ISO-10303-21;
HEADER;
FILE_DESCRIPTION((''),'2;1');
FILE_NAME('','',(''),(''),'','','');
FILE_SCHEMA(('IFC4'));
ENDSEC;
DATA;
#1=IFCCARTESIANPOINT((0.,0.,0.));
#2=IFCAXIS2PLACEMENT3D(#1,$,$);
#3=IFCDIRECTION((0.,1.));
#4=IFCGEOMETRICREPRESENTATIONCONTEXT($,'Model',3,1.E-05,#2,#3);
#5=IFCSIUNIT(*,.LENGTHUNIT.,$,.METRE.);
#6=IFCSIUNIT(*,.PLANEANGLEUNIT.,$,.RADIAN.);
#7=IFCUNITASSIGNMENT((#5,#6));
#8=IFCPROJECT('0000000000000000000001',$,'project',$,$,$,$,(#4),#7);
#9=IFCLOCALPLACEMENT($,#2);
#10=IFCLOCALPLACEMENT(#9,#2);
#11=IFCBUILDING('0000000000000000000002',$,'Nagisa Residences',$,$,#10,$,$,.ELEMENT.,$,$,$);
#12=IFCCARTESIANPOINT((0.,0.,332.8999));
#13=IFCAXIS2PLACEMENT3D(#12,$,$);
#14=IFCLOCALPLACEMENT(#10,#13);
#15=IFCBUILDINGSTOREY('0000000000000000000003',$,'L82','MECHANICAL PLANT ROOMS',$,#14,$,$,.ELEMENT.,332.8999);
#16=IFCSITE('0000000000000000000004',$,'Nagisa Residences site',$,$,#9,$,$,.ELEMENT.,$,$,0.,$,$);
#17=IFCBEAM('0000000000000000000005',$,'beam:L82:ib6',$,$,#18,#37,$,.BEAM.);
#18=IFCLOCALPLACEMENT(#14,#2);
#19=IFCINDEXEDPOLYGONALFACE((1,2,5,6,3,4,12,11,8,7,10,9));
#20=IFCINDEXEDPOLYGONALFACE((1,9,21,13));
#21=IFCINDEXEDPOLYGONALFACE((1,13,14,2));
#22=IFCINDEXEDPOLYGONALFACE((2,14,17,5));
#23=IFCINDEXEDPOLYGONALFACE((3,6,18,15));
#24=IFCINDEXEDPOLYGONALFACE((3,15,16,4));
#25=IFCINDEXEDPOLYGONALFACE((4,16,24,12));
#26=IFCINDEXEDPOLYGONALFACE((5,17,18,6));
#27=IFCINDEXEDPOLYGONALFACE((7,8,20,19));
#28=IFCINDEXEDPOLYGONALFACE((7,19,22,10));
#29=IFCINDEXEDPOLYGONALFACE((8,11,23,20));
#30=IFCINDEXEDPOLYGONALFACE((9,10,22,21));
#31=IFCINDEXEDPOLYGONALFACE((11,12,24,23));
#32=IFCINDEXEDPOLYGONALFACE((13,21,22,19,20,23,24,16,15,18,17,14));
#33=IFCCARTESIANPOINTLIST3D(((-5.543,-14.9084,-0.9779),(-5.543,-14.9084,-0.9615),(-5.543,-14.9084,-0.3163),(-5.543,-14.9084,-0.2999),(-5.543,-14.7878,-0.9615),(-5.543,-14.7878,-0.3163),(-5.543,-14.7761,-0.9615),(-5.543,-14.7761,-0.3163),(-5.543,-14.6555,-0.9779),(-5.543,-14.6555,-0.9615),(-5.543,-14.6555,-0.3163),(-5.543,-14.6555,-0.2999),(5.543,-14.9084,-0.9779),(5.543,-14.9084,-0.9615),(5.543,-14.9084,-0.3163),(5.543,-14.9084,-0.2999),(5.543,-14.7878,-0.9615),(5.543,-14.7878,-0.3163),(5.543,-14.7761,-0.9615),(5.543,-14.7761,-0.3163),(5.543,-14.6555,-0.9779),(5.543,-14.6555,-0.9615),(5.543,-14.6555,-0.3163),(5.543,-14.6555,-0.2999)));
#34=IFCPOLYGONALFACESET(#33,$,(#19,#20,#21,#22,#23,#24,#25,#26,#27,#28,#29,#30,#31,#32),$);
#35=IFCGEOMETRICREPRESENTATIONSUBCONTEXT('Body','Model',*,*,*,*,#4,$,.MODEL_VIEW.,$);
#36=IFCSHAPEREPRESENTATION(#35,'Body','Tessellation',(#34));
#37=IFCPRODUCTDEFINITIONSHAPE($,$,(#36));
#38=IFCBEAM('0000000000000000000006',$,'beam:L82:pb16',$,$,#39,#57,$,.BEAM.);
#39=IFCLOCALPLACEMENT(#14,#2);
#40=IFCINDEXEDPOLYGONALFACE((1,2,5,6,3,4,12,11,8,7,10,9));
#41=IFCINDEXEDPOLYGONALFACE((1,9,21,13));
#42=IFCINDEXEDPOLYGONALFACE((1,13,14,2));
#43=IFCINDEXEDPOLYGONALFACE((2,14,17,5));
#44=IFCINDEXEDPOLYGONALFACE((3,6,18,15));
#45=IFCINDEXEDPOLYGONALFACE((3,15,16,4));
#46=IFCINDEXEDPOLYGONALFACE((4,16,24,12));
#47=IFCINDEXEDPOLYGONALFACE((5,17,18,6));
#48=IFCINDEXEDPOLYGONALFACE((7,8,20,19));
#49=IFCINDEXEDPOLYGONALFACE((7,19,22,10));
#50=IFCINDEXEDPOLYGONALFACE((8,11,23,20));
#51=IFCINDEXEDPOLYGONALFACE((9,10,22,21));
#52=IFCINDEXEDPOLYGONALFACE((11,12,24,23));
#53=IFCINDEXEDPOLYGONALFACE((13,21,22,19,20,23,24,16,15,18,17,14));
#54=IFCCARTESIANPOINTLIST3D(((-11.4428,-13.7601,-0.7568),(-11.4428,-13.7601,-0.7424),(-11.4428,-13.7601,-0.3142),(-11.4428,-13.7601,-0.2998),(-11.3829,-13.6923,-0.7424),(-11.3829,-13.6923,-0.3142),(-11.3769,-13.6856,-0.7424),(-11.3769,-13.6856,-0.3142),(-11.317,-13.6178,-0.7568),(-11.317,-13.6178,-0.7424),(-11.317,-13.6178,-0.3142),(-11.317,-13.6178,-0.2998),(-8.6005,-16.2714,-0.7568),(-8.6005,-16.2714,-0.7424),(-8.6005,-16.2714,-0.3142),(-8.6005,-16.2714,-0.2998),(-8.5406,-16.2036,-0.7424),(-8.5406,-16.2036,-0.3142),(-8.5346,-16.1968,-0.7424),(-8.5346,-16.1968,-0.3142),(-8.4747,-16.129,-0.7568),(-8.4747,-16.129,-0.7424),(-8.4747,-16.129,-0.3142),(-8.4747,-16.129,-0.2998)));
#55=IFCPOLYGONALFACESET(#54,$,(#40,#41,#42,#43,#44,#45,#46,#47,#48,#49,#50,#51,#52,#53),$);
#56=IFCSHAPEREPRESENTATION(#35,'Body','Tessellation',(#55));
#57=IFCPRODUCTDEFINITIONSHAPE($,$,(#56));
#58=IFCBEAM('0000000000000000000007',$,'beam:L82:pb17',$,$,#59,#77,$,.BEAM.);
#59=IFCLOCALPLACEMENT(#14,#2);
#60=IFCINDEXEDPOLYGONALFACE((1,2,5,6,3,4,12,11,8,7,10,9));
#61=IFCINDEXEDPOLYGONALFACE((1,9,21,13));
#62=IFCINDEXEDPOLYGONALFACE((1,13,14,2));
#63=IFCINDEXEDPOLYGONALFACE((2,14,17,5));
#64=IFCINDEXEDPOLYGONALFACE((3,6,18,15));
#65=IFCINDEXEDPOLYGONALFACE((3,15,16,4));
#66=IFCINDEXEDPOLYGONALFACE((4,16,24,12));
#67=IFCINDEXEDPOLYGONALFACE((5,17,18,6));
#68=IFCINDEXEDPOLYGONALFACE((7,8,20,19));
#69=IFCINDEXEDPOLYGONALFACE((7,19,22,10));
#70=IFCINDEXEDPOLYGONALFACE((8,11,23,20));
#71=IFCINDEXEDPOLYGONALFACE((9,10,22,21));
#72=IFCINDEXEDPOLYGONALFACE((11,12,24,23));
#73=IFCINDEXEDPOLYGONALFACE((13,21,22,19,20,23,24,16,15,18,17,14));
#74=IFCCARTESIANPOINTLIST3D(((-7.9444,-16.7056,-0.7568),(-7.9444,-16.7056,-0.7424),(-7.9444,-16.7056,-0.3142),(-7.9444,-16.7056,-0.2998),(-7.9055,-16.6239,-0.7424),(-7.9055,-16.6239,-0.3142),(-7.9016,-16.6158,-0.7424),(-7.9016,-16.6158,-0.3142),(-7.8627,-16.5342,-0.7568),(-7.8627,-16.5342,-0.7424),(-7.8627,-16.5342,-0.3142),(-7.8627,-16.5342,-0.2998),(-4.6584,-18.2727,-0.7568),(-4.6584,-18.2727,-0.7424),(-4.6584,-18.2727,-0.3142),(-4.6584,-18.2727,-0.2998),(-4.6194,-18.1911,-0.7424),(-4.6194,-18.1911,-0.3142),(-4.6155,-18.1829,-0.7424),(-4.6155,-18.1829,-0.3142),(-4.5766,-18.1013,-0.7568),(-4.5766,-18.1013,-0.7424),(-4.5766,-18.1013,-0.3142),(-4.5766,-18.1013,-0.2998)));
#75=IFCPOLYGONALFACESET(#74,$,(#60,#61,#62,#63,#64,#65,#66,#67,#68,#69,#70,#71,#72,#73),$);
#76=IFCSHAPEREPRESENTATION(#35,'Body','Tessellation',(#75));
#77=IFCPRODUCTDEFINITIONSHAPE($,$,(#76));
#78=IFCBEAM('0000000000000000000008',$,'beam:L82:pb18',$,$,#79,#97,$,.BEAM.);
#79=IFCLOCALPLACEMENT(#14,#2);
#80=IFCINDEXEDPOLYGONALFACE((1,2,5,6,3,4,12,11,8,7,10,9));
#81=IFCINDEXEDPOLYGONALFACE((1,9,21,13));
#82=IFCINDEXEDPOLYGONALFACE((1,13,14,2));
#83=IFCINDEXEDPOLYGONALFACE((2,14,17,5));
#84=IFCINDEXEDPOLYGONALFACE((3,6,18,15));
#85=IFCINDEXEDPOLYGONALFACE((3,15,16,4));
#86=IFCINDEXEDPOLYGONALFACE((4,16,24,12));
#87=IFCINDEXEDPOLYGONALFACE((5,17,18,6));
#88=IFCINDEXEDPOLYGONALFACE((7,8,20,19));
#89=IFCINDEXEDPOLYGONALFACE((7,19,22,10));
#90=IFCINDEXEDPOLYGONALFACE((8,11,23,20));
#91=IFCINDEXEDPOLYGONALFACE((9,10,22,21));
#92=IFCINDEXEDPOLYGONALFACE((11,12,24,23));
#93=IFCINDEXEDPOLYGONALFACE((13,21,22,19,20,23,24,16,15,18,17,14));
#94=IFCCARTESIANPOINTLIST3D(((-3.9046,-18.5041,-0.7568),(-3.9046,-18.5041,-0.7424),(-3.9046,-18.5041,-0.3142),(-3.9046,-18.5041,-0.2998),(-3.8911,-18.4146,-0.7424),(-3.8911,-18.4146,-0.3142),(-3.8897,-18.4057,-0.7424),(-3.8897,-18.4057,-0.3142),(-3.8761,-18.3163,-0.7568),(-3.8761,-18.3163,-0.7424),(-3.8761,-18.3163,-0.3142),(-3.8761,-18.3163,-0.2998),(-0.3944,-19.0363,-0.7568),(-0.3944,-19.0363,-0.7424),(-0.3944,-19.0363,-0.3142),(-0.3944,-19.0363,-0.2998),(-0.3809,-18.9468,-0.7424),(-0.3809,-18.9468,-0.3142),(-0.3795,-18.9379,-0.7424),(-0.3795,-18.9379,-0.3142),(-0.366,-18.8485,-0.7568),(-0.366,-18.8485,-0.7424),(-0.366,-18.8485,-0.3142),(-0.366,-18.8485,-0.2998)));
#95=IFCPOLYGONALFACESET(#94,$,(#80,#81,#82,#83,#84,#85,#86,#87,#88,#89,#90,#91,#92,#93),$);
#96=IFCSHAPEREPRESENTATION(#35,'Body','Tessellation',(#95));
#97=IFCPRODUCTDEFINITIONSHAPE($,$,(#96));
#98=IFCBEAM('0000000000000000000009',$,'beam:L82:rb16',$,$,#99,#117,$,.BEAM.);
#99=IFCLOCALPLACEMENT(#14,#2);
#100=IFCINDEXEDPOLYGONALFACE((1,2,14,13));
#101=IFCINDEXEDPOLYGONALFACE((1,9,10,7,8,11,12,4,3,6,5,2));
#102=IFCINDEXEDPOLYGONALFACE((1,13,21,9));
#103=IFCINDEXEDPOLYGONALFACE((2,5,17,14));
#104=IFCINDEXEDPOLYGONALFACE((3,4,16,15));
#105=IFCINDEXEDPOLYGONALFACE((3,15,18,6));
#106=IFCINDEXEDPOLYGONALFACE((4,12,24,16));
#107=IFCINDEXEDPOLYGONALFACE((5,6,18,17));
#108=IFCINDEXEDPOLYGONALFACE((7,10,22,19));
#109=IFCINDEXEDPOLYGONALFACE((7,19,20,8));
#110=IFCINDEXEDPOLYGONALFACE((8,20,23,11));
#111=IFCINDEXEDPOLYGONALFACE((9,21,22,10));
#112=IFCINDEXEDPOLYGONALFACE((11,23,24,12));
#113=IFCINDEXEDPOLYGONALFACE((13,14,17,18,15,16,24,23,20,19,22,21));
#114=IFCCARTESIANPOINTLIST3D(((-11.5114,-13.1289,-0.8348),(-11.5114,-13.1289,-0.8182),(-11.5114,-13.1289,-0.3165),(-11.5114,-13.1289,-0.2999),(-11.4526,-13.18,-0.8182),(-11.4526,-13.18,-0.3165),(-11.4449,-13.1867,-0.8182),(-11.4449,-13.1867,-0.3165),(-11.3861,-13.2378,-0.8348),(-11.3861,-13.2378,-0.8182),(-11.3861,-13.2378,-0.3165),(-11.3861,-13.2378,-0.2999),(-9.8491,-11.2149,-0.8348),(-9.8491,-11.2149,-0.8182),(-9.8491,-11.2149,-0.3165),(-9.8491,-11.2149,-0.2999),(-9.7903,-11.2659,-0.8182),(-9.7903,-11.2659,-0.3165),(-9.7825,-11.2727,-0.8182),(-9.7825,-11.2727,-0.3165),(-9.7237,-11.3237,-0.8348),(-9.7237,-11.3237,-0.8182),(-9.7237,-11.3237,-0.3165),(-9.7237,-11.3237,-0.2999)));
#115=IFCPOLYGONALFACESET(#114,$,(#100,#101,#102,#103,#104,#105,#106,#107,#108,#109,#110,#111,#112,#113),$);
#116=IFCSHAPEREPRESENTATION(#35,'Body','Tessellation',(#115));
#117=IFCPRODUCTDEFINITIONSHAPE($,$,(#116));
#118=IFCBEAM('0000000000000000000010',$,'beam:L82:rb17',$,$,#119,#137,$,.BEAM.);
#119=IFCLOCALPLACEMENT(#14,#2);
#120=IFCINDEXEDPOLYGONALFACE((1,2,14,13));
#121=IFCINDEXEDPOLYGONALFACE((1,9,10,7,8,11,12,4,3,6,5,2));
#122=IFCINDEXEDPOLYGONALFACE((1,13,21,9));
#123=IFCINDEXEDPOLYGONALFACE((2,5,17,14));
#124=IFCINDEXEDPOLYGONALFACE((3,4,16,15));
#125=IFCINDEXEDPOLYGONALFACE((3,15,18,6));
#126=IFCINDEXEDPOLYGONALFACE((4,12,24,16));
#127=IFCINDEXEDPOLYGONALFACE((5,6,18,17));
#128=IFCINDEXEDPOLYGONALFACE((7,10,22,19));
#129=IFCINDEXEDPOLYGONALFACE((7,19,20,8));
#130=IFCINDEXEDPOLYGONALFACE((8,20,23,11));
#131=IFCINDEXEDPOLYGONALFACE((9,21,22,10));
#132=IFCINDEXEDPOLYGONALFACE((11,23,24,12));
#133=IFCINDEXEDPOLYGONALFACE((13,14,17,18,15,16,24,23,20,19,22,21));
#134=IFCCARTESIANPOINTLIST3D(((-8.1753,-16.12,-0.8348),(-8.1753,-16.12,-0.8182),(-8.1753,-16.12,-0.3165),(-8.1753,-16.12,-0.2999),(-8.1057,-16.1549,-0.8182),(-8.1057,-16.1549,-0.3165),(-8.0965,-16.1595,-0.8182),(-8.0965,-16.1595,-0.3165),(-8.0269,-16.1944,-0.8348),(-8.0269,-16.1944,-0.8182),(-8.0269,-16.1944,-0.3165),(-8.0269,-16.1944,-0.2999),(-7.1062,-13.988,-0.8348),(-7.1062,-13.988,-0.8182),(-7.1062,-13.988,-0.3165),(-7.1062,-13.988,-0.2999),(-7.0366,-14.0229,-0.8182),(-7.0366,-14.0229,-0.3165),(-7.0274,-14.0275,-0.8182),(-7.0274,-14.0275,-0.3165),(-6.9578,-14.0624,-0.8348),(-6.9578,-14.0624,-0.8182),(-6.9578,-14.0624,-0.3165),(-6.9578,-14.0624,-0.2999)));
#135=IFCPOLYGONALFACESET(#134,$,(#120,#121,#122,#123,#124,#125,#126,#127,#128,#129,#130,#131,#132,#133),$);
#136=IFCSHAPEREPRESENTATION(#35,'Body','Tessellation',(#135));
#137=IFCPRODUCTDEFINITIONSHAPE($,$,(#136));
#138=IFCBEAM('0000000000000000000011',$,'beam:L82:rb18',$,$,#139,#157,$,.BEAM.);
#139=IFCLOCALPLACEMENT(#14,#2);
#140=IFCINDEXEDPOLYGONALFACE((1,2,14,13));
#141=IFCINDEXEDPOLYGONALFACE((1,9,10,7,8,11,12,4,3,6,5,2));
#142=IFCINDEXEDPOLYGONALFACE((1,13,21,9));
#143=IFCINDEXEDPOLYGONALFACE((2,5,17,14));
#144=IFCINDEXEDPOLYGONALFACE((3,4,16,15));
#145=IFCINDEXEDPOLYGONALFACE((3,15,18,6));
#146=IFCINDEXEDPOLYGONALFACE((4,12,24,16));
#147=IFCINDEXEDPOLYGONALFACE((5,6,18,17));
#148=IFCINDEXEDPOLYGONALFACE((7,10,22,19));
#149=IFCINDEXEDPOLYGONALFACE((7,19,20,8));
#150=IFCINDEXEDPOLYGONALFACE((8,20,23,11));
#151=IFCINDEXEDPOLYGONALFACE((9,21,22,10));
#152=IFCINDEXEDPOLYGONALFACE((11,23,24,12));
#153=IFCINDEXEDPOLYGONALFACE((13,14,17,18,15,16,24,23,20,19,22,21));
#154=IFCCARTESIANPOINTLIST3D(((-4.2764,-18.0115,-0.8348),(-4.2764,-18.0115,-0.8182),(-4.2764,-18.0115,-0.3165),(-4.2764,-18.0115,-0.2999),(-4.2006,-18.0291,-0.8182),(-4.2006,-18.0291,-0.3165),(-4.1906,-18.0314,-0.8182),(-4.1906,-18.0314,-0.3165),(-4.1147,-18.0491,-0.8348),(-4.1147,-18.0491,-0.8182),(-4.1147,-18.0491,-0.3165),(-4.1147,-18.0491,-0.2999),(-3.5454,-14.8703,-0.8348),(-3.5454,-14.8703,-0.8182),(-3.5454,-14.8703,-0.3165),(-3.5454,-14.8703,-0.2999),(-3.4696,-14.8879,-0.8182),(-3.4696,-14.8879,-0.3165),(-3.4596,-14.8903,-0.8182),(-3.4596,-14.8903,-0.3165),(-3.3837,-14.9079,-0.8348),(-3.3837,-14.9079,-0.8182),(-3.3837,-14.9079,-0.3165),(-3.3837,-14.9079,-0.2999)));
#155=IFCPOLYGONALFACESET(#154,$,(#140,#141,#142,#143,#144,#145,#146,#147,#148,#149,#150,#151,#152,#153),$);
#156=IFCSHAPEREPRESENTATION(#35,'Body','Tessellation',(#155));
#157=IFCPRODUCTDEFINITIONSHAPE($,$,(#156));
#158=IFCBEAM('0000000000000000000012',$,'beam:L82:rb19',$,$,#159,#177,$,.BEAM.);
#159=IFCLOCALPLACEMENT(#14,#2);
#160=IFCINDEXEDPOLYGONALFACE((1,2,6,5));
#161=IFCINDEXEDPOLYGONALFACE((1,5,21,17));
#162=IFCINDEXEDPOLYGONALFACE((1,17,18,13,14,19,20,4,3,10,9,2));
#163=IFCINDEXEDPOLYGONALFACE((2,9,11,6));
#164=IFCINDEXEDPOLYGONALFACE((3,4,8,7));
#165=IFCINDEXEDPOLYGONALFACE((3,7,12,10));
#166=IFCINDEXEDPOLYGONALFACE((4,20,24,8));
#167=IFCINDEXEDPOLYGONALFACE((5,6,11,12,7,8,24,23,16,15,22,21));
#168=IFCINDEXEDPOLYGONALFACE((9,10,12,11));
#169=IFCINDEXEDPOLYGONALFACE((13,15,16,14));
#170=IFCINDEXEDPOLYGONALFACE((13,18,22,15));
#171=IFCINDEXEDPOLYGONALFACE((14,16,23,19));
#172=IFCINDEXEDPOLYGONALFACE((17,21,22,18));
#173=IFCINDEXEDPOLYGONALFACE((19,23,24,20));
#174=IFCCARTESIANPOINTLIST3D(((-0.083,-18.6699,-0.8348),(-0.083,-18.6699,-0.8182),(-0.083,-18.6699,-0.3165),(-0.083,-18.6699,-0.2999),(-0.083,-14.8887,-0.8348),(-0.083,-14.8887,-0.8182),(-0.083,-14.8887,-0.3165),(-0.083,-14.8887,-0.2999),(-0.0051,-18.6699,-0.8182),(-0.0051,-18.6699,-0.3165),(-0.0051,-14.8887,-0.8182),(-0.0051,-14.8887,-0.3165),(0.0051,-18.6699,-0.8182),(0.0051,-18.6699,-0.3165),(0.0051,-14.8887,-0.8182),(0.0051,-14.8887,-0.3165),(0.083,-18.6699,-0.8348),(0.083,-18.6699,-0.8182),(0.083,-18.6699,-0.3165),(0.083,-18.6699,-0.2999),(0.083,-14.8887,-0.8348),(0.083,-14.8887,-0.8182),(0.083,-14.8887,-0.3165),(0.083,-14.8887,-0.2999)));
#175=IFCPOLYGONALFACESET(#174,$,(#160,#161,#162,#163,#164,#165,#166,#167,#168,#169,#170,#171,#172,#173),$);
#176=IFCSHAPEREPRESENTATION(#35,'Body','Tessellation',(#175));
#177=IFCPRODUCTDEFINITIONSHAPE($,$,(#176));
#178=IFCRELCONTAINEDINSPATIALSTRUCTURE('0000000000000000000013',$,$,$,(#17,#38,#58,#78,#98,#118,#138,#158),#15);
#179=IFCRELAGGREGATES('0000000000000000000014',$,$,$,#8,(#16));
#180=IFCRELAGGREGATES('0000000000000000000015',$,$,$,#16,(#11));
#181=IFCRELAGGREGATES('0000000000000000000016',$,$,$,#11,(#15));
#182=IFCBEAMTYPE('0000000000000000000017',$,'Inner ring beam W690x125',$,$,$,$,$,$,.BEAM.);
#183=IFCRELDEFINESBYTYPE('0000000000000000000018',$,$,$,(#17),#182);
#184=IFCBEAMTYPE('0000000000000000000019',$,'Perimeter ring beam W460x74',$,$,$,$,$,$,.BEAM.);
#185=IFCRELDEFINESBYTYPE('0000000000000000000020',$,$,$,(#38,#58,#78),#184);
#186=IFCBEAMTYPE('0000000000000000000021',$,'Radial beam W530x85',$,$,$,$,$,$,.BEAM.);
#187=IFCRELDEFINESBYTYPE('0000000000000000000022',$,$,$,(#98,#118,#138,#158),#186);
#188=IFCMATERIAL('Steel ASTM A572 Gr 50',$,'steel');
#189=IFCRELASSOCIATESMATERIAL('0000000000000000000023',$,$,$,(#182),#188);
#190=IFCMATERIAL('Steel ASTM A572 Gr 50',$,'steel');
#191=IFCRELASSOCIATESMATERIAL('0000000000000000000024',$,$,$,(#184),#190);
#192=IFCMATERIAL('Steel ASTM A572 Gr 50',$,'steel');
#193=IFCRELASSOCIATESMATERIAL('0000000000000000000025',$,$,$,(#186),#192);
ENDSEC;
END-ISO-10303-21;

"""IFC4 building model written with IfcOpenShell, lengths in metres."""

from ifc_helpers import new_model, si_unit, direction, frame, origin, origin_2d, place, context, subcontext, project, spatial, i_section, extrude, material, material_profile, profile_set, type_object, element, save


model = new_model("IFC4")

# Units and contexts
model_context = context("Model", 3, precision=1e-05, world=origin(), true_north=direction((0.0, 1.0)))
body_context = subcontext(model_context, "Body", "Model", "MODEL_VIEW")
ifc_project = project(units=[si_unit("LENGTHUNIT", "METRE"), si_unit("PLANEANGLEUNIT", "RADIAN")], contexts=[model_context])

# Site, building, storey
site_placement = place(None, origin())
site = spatial("IfcSite", under=ifc_project, at=site_placement, Name="Nagisa Residences site", CompositionType="ELEMENT", RefElevation=0.0)
building_placement = place(site_placement, origin())
building = spatial("IfcBuilding", under=site, at=building_placement, Name="Nagisa Residences", CompositionType="ELEMENT")
storey_placement = place(building_placement, frame((0.0, 0.0, 332.8999)))
storey = spatial("IfcBuildingStorey", under=building, at=storey_placement, Name="L82", Description="MECHANICAL PLANT ROOMS", CompositionType="ELEMENT", Elevation=332.8999)

# Beams
ifc_material_1 = material(Name="Steel ASTM A572 Gr 50", Category="steel")
ifc_material_profile_1 = material_profile(ifc_material_1, i_section(OverallWidth=0.2529, OverallDepth=0.678, WebThickness=0.0117, FlangeThickness=0.0164, at=origin_2d()), Name="W690x125")
ifc_profile_set_1 = profile_set([ifc_material_profile_1], Name="Steel ASTM A572 Gr 50")
beam_type_1 = type_object("IfcBeamType", Name="Inner ring beam W690x125", PredefinedType="BEAM", material=ifc_profile_set_1)
beam_1_placement = place(storey_placement, frame((-5.543, -14.782, -0.6389), z_axis=(1.0, 0.0, 0.0), x_axis=(0.0, 1.0, 0.0)))
element("IfcBeam", 1, at=beam_1_placement, inside=storey, type_object=beam_type_1, Name="beam:L82:ib6", PredefinedType="BEAM", context=body_context, shape_type="SweptSolid", body=[
    extrude(i_section(OverallWidth=0.2529, OverallDepth=0.678, WebThickness=0.0117, FlangeThickness=0.0164, at=origin_2d()), origin(), (0.0, 0.0, 1.0), 11.0859),
])
ifc_material_2 = material(Name="Steel ASTM A572 Gr 50", Category="steel")
ifc_material_profile_2 = material_profile(ifc_material_2, i_section(OverallWidth=0.1899, OverallDepth=0.457, WebThickness=0.009, FlangeThickness=0.0144, at=origin_2d()), Name="W460x74")
ifc_profile_set_2 = profile_set([ifc_material_profile_2], Name="Steel ASTM A572 Gr 50")
beam_type_2 = type_object("IfcBeamType", Name="Perimeter ring beam W460x74", PredefinedType="BEAM", material=ifc_profile_set_2)
beam_2_placement = place(storey_placement, frame((-11.3799, -13.689, -0.5283), z_axis=(0.749402, -0.662115, 0.0), x_axis=(0.662115, 0.749402, 0.0)))
element("IfcBeam", 2, at=beam_2_placement, inside=storey, type_object=beam_type_2, Name="beam:L82:pb16", PredefinedType="BEAM", context=body_context, shape_type="SweptSolid", body=[
    extrude(i_section(OverallWidth=0.1899, OverallDepth=0.457, WebThickness=0.009, FlangeThickness=0.0144, at=origin_2d()), origin(), (0.0, 0.0, 1.0), 3.7927),
])
beam_3_placement = place(storey_placement, frame((-7.9036, -16.6199, -0.5283), z_axis=(0.902614, -0.430452, 0.0), x_axis=(0.430452, 0.902614, 0.0)))
element("IfcBeam", 3, at=beam_3_placement, inside=storey, type_object=beam_type_2, Name="beam:L82:pb17", PredefinedType="BEAM", context=body_context, shape_type="SweptSolid", body=[
    extrude(i_section(OverallWidth=0.1899, OverallDepth=0.457, WebThickness=0.009, FlangeThickness=0.0144, at=origin_2d()), origin(), (0.0, 0.0, 1.0), 3.6406),
])
beam_4_placement = place(storey_placement, frame((-3.8904, -18.4102, -0.5283), z_axis=(0.9887, -0.149907, 0.0), x_axis=(0.149907, 0.9887, 0.0)))
element("IfcBeam", 4, at=beam_4_placement, inside=storey, type_object=beam_type_2, Name="beam:L82:pb18", PredefinedType="BEAM", context=body_context, shape_type="SweptSolid", body=[
    extrude(i_section(OverallWidth=0.1899, OverallDepth=0.457, WebThickness=0.009, FlangeThickness=0.0144, at=origin_2d()), origin(), (0.0, 0.0, 1.0), 3.5503),
])
ifc_material_3 = material(Name="Steel ASTM A572 Gr 50", Category="steel")
ifc_material_profile_3 = material_profile(ifc_material_3, i_section(OverallWidth=0.166, OverallDepth=0.5349, WebThickness=0.0103, FlangeThickness=0.0166, at=origin_2d()), Name="W530x85")
ifc_profile_set_3 = profile_set([ifc_material_profile_3], Name="Steel ASTM A572 Gr 50")
beam_type_3 = type_object("IfcBeamType", Name="Radial beam W530x85", PredefinedType="BEAM", material=ifc_profile_set_3)
beam_5_placement = place(storey_placement, frame((-11.4487, -13.1833, -0.5674), z_axis=(0.655718, 0.755006, 0.0), x_axis=(-0.755006, 0.655718, 0.0)))
element("IfcBeam", 5, at=beam_5_placement, inside=storey, type_object=beam_type_3, Name="beam:L82:rb16", PredefinedType="BEAM", context=body_context, shape_type="SweptSolid", body=[
    extrude(i_section(OverallWidth=0.166, OverallDepth=0.5349, WebThickness=0.0103, FlangeThickness=0.0166, at=origin_2d()), origin(), (0.0, 0.0, 1.0), 2.5352),
])
beam_6_placement = place(storey_placement, frame((-8.1011, -16.1572, -0.5674), z_axis=(0.448237, 0.893915, 0.0), x_axis=(-0.893915, 0.448237, 0.0)))
element("IfcBeam", 6, at=beam_6_placement, inside=storey, type_object=beam_type_3, Name="beam:L82:rb17", PredefinedType="BEAM", context=body_context, shape_type="SweptSolid", body=[
    extrude(i_section(OverallWidth=0.166, OverallDepth=0.5349, WebThickness=0.0103, FlangeThickness=0.0166, at=origin_2d()), origin(), (0.0, 0.0, 1.0), 2.385),
])
beam_7_placement = place(storey_placement, frame((-4.1956, -18.0303, -0.5674), z_axis=(0.22665, 0.973976, 0.0), x_axis=(-0.973976, 0.22665, 0.0)))
element("IfcBeam", 7, at=beam_7_placement, inside=storey, type_object=beam_type_3, Name="beam:L82:rb18", PredefinedType="BEAM", context=body_context, shape_type="SweptSolid", body=[
    extrude(i_section(OverallWidth=0.166, OverallDepth=0.5349, WebThickness=0.0103, FlangeThickness=0.0166, at=origin_2d()), origin(), (0.0, 0.0, 1.0), 3.2251),
])
beam_8_placement = place(storey_placement, frame((0.0, -18.6699, -0.5674), z_axis=(0.0, 1.0, 0.0), x_axis=(-1.0, 0.0, 0.0)))
element("IfcBeam", 8, at=beam_8_placement, inside=storey, type_object=beam_type_3, Name="beam:L82:rb19", PredefinedType="BEAM", context=body_context, shape_type="SweptSolid", body=[
    extrude(i_section(OverallWidth=0.166, OverallDepth=0.5349, WebThickness=0.0103, FlangeThickness=0.0166, at=origin_2d()), origin(), (0.0, 0.0, 1.0), 3.7812),
])

save(model, "model.ifc")
